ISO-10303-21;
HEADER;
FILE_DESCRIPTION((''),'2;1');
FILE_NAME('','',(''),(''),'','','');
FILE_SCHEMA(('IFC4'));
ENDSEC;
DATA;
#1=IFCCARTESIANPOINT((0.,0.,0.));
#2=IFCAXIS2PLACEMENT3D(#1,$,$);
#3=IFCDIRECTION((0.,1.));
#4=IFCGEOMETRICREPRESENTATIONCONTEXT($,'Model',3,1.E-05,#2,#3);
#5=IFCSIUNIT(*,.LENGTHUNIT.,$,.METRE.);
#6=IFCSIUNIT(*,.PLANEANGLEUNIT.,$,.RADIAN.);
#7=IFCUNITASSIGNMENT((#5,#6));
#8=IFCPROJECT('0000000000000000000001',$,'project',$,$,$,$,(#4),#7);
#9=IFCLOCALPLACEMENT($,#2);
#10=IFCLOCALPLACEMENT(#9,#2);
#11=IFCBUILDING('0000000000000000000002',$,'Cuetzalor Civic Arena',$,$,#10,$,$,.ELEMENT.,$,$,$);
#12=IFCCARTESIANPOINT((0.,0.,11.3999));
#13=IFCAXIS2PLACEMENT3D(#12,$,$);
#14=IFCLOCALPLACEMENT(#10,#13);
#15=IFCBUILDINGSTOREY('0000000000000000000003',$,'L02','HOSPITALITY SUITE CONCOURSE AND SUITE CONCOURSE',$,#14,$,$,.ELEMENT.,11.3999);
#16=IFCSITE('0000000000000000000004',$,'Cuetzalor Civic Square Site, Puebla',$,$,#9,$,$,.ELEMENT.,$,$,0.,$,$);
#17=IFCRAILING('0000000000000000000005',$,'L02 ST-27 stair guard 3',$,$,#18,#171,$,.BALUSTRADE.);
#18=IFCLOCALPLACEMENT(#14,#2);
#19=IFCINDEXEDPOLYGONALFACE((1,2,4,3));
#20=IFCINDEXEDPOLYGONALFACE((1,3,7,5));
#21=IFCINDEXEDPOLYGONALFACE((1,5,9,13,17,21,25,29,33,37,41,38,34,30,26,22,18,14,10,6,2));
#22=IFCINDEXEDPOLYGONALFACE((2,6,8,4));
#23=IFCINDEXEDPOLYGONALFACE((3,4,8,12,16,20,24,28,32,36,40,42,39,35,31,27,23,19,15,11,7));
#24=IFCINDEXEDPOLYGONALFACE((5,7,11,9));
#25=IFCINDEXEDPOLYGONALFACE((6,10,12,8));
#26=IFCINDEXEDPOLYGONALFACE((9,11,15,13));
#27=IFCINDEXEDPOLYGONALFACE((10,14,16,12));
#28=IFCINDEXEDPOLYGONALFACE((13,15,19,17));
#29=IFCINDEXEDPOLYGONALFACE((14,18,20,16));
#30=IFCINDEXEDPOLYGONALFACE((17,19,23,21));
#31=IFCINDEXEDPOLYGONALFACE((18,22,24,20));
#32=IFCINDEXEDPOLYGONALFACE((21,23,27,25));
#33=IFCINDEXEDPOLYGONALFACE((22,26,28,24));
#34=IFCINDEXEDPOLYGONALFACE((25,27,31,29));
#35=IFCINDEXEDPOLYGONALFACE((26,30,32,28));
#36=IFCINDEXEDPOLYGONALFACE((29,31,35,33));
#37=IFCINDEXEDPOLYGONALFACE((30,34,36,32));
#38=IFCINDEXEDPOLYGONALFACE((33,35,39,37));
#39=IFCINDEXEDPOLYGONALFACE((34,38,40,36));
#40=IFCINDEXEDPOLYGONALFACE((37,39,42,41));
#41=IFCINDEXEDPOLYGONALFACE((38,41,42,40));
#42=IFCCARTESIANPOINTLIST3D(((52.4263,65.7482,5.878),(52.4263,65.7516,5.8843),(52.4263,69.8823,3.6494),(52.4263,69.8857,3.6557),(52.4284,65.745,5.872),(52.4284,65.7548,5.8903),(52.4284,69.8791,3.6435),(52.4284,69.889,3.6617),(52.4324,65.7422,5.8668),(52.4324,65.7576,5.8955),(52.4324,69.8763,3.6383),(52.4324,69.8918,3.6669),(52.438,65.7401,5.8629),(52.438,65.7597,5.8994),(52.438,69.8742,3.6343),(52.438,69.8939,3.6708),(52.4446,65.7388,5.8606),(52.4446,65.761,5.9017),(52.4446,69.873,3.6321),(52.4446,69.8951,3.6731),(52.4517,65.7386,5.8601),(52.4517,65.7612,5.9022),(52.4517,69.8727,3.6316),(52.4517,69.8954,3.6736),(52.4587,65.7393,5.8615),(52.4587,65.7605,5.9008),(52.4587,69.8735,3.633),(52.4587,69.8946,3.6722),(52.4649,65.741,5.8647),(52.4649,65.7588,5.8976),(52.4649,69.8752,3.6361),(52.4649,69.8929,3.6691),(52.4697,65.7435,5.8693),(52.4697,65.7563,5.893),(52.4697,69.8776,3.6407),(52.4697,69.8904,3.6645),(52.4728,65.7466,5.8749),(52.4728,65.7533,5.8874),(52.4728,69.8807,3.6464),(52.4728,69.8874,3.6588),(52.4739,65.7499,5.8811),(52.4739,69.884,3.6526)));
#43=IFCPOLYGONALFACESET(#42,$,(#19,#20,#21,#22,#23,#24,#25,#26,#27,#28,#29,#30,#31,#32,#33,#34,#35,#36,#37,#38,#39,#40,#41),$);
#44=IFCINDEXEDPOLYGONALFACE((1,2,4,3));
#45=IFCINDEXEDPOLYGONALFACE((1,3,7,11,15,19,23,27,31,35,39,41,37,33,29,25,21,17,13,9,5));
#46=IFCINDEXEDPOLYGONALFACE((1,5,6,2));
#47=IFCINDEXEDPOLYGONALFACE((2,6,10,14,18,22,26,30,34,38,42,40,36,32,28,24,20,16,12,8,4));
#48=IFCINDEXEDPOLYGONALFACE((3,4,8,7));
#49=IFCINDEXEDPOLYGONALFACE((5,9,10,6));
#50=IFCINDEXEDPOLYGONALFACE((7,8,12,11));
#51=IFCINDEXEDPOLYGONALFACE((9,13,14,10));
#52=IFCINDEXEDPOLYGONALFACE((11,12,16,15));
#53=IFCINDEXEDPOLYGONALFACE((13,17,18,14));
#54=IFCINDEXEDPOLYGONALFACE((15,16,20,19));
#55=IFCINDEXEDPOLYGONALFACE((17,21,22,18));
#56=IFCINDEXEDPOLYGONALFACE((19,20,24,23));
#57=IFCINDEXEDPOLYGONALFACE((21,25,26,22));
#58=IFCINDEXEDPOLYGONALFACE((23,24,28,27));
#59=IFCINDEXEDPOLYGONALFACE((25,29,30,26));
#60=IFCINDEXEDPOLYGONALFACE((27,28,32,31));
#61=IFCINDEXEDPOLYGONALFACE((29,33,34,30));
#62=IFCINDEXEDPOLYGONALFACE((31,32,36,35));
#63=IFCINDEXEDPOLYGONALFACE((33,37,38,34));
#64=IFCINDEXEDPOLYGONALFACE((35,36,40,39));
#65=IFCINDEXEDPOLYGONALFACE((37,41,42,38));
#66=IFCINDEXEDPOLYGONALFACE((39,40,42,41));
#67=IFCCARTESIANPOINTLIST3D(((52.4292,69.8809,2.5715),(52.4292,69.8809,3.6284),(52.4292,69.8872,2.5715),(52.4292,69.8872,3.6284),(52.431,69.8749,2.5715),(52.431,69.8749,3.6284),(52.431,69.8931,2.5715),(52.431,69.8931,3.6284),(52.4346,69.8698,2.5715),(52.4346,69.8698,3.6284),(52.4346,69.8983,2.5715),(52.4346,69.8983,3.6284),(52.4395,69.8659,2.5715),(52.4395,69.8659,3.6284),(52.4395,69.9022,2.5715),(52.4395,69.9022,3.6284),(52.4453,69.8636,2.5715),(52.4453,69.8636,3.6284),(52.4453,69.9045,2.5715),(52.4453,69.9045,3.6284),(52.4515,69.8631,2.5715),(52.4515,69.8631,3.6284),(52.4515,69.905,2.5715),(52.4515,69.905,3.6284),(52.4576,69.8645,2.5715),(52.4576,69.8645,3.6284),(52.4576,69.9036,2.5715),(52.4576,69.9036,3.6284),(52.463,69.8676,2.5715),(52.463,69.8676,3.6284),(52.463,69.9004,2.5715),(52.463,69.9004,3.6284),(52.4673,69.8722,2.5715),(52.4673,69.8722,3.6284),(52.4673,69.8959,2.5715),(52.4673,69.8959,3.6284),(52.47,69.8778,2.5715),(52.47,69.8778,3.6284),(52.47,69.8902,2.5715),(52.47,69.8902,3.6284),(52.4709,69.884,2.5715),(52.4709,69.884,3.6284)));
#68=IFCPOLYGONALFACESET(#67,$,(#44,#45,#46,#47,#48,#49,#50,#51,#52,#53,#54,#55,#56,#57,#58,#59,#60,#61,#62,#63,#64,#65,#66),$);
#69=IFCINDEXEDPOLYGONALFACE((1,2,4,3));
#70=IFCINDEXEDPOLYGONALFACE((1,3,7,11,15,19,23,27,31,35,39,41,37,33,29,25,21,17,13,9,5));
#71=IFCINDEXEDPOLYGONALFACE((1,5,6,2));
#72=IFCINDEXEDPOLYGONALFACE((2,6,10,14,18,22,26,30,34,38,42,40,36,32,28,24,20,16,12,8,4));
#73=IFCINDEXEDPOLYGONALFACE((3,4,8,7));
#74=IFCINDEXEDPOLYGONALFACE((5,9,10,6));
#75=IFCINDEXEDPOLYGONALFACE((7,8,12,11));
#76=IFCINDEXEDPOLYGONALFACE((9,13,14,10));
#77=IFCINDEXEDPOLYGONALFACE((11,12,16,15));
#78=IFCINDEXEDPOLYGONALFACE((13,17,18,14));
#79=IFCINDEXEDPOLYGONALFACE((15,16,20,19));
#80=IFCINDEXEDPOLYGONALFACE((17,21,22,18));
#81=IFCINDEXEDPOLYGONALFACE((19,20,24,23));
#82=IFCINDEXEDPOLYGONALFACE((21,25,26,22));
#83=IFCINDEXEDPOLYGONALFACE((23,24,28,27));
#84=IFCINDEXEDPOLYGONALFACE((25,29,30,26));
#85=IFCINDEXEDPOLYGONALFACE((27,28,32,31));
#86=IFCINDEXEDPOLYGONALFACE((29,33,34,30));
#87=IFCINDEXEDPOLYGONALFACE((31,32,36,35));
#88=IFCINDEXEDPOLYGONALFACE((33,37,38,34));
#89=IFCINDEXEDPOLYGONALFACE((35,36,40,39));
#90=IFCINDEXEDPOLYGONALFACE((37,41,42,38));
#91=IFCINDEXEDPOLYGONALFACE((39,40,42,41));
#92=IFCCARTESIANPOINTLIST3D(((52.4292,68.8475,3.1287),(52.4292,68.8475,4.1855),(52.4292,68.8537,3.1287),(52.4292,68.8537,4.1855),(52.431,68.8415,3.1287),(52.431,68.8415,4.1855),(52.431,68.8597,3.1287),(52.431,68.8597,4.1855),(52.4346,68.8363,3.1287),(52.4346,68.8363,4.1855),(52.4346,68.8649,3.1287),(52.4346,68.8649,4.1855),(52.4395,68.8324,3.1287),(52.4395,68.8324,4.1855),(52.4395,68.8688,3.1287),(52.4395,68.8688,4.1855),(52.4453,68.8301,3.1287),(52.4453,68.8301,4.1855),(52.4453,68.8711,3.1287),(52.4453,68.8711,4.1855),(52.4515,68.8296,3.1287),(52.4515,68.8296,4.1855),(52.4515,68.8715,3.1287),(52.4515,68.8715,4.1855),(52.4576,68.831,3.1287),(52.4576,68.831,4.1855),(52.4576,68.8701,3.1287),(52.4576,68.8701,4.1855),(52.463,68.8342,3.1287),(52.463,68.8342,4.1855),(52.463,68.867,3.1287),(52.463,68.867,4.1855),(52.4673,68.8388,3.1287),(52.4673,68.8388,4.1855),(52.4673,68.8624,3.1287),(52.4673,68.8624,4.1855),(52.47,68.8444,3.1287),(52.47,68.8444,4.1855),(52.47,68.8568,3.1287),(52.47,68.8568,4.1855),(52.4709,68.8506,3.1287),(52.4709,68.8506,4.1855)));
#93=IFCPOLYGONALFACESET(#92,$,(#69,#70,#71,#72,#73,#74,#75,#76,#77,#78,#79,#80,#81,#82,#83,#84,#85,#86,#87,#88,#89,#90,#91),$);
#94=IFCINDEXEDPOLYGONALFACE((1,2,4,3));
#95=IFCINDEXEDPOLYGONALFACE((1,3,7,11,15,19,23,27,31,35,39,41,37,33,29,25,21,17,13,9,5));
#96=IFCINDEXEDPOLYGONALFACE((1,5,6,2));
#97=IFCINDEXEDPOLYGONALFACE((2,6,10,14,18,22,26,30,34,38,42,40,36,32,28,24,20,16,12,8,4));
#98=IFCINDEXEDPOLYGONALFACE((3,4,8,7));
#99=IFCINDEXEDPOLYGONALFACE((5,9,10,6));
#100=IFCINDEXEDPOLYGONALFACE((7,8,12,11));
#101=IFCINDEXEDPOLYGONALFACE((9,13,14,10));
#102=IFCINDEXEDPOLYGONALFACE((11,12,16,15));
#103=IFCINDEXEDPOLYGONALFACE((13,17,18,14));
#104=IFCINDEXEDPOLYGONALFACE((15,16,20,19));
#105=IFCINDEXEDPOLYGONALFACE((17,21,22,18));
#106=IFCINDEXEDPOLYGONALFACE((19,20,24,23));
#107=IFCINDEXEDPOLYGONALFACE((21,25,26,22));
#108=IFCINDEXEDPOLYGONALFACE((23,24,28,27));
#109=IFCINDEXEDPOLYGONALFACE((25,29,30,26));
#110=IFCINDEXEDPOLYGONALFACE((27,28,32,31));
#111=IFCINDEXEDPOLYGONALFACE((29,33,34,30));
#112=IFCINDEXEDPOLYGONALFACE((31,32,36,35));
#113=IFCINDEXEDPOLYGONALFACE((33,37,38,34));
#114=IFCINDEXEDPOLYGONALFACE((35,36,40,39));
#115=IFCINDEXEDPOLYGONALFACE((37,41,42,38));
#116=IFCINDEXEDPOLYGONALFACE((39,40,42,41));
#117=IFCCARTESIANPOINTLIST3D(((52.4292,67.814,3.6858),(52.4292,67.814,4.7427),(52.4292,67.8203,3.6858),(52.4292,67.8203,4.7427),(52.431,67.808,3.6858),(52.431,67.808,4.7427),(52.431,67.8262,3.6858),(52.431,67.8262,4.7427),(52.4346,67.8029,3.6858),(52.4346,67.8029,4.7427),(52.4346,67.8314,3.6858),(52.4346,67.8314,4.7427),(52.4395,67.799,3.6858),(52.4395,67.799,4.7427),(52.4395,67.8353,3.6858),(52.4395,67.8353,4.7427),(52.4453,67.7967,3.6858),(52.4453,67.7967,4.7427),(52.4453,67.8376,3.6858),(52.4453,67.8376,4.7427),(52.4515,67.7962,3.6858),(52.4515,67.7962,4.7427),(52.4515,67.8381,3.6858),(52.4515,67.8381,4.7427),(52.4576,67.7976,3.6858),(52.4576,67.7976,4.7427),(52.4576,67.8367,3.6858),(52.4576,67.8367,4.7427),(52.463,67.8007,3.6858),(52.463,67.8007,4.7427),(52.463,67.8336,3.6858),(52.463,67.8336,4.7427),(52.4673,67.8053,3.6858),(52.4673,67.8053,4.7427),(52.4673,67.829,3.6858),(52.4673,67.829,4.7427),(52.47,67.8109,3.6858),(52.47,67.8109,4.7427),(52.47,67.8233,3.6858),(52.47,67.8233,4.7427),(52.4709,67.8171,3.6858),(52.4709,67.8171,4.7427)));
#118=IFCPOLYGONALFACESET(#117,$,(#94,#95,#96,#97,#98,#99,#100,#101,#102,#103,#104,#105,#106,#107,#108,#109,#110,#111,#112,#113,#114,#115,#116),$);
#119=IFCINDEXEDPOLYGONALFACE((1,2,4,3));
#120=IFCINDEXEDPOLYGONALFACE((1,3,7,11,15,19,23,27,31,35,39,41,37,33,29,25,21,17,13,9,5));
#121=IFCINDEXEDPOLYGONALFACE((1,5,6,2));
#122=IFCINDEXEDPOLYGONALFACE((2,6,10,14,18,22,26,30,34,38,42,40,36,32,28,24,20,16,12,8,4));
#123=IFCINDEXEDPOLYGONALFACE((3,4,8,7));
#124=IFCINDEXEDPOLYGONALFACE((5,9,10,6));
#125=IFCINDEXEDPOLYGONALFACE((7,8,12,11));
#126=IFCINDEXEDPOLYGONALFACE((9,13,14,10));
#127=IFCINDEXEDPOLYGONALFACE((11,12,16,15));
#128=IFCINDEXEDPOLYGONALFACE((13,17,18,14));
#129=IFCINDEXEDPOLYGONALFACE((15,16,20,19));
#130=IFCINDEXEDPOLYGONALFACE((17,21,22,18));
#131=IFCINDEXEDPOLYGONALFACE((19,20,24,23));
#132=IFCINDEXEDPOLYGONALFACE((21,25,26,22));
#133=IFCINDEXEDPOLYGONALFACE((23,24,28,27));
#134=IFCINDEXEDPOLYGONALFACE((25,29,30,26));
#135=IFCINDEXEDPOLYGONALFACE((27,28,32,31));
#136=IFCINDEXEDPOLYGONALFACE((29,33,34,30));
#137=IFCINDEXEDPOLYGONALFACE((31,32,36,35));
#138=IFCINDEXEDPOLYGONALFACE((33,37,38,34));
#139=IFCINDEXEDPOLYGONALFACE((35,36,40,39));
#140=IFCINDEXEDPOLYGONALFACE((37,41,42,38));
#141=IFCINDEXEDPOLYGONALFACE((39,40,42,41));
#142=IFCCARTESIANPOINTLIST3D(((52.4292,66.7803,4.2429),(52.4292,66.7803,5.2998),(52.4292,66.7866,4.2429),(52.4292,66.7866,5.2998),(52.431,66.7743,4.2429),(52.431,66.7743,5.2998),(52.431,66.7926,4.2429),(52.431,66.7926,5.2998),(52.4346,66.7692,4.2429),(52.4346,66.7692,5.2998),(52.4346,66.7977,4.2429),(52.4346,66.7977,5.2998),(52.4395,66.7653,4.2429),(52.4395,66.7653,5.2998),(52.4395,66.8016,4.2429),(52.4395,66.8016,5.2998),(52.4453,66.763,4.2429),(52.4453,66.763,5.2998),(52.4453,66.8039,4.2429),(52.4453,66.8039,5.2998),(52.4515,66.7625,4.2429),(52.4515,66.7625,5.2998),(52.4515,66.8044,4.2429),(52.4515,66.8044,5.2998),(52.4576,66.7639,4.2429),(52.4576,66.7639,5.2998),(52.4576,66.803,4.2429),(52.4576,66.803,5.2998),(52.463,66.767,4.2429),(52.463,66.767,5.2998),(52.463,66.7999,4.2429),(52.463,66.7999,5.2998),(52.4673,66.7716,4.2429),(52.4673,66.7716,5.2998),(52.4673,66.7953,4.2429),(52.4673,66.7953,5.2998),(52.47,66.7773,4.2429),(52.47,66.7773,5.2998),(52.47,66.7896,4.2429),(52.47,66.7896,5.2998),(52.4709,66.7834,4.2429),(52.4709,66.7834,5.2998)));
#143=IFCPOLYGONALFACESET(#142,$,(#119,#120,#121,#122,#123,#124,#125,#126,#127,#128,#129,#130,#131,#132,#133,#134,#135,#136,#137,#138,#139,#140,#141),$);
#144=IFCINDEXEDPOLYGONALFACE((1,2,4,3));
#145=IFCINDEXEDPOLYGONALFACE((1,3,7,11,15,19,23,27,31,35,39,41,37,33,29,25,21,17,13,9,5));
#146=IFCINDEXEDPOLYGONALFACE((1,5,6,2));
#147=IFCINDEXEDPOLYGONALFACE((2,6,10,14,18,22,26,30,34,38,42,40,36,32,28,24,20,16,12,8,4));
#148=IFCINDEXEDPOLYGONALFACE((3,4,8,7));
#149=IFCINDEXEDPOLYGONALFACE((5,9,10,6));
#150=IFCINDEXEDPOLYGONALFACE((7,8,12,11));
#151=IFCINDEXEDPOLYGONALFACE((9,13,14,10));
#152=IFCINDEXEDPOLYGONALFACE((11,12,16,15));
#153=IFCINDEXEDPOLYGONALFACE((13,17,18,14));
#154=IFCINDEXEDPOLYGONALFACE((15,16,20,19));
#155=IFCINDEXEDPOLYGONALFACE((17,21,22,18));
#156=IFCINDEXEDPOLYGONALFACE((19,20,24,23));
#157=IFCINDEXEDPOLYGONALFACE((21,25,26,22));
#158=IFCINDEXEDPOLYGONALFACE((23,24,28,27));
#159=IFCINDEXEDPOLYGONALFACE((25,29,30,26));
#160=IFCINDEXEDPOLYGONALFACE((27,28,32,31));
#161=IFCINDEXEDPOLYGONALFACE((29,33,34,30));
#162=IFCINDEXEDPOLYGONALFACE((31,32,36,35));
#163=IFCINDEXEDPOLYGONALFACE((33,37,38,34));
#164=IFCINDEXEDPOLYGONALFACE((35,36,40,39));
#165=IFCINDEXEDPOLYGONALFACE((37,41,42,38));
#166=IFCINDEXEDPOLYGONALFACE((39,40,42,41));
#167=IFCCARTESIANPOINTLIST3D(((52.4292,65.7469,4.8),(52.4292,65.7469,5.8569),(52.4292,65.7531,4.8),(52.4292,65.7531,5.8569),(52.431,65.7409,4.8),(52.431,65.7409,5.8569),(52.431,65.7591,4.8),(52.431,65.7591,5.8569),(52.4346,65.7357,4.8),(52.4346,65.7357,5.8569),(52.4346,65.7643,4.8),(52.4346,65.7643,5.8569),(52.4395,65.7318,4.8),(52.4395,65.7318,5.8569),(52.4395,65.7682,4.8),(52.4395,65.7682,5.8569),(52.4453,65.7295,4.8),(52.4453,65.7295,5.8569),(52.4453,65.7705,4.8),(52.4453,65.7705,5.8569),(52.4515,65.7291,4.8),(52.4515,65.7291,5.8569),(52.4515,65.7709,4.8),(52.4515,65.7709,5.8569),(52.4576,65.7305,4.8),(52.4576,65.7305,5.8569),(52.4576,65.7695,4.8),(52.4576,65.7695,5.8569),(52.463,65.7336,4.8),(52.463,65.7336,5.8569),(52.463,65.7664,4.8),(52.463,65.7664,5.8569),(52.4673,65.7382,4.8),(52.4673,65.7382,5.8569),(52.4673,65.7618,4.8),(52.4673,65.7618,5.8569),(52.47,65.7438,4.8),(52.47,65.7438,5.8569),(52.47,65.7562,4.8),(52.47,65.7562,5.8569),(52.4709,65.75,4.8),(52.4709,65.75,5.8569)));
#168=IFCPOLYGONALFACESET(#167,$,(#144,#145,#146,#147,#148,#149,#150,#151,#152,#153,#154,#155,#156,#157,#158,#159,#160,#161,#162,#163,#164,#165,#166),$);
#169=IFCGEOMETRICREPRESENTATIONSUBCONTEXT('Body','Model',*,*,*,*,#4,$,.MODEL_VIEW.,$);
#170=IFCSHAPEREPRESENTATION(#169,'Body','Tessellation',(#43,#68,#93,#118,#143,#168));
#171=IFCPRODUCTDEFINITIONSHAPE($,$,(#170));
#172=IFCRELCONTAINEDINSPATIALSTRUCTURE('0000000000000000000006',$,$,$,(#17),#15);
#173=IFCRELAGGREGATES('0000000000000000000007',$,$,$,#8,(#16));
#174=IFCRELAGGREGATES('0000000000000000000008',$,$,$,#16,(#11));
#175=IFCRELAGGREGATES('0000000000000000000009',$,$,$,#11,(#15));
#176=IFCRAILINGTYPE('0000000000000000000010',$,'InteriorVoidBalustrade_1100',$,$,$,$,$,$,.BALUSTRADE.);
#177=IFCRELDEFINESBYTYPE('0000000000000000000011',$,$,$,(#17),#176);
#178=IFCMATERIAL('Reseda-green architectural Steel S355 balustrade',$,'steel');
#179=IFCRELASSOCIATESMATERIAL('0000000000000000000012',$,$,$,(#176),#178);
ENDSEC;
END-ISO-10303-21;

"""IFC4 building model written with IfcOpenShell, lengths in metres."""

from ifc_helpers import new_model, si_unit, direction, frame, origin, origin_2d, place, context, subcontext, project, spatial, circle, extrude, material, type_object, element, save


model = new_model("IFC4")

# Units and contexts
model_context = context("Model", 3, precision=1e-05, world=origin(), true_north=direction((0.0, 1.0)))
body_context = subcontext(model_context, "Body", "Model", "MODEL_VIEW")
ifc_project = project(units=[si_unit("LENGTHUNIT", "METRE"), si_unit("PLANEANGLEUNIT", "RADIAN")], contexts=[model_context])

# Site, building, storey
site_placement = place(None, origin())
site = spatial("IfcSite", under=ifc_project, at=site_placement, Name="Cuetzalor Civic Square Site, Puebla", CompositionType="ELEMENT", RefElevation=0.0)
building_placement = place(site_placement, origin())
building = spatial("IfcBuilding", under=site, at=building_placement, Name="Cuetzalor Civic Arena", CompositionType="ELEMENT")
storey_placement = place(building_placement, frame((0.0, 0.0, 11.3999)))
storey = spatial("IfcBuildingStorey", under=building, at=storey_placement, Name="L02", Description="HOSPITALITY SUITE CONCOURSE AND SUITE CONCOURSE", CompositionType="ELEMENT", Elevation=11.3999)

# Railing
ifc_material_1 = material(Name="Reseda-green architectural Steel S355 balustrade", Category="steel")
railing_type_1 = type_object("IfcRailingType", Name="InteriorVoidBalustrade_1100", PredefinedType="BALUSTRADE", material=ifc_material_1)
railing_1_placement = place(storey_placement, frame((52.45, 69.884, 2.5715)))
element("IfcRailing", 1, at=railing_1_placement, inside=storey, type_object=railing_type_1, Name="L02 ST-27 stair guard 3", PredefinedType="BALUSTRADE", context=body_context, shape_type="SweptSolid", body=[
    extrude(circle(Radius=0.0239, at=origin_2d()), frame((0.0, 0.0, 1.0811), z_axis=(0.0, -0.880249, 0.474512), x_axis=(1.0, 0.0, 0.0)), (0.0, 0.0, 1.0), 4.6965),
    extrude(circle(Radius=0.021, at=origin_2d()), origin(), (0.0, 0.0, 1.0), 1.0569),
    extrude(circle(Radius=0.021, at=origin_2d()), frame((0.0, -1.0334, 0.5571)), (0.0, 0.0, 1.0), 1.0569),
    extrude(circle(Radius=0.021, at=origin_2d()), frame((0.0, -2.0669, 1.1143)), (0.0, 0.0, 1.0), 1.0569),
    extrude(circle(Radius=0.021, at=origin_2d()), frame((0.0, -3.1006, 1.6714)), (0.0, 0.0, 1.0), 1.0569),
    extrude(circle(Radius=0.021, at=origin_2d()), frame((0.0, -4.134, 2.2285)), (0.0, 0.0, 1.0), 1.0569),
])

save(model, "model.ifc")
